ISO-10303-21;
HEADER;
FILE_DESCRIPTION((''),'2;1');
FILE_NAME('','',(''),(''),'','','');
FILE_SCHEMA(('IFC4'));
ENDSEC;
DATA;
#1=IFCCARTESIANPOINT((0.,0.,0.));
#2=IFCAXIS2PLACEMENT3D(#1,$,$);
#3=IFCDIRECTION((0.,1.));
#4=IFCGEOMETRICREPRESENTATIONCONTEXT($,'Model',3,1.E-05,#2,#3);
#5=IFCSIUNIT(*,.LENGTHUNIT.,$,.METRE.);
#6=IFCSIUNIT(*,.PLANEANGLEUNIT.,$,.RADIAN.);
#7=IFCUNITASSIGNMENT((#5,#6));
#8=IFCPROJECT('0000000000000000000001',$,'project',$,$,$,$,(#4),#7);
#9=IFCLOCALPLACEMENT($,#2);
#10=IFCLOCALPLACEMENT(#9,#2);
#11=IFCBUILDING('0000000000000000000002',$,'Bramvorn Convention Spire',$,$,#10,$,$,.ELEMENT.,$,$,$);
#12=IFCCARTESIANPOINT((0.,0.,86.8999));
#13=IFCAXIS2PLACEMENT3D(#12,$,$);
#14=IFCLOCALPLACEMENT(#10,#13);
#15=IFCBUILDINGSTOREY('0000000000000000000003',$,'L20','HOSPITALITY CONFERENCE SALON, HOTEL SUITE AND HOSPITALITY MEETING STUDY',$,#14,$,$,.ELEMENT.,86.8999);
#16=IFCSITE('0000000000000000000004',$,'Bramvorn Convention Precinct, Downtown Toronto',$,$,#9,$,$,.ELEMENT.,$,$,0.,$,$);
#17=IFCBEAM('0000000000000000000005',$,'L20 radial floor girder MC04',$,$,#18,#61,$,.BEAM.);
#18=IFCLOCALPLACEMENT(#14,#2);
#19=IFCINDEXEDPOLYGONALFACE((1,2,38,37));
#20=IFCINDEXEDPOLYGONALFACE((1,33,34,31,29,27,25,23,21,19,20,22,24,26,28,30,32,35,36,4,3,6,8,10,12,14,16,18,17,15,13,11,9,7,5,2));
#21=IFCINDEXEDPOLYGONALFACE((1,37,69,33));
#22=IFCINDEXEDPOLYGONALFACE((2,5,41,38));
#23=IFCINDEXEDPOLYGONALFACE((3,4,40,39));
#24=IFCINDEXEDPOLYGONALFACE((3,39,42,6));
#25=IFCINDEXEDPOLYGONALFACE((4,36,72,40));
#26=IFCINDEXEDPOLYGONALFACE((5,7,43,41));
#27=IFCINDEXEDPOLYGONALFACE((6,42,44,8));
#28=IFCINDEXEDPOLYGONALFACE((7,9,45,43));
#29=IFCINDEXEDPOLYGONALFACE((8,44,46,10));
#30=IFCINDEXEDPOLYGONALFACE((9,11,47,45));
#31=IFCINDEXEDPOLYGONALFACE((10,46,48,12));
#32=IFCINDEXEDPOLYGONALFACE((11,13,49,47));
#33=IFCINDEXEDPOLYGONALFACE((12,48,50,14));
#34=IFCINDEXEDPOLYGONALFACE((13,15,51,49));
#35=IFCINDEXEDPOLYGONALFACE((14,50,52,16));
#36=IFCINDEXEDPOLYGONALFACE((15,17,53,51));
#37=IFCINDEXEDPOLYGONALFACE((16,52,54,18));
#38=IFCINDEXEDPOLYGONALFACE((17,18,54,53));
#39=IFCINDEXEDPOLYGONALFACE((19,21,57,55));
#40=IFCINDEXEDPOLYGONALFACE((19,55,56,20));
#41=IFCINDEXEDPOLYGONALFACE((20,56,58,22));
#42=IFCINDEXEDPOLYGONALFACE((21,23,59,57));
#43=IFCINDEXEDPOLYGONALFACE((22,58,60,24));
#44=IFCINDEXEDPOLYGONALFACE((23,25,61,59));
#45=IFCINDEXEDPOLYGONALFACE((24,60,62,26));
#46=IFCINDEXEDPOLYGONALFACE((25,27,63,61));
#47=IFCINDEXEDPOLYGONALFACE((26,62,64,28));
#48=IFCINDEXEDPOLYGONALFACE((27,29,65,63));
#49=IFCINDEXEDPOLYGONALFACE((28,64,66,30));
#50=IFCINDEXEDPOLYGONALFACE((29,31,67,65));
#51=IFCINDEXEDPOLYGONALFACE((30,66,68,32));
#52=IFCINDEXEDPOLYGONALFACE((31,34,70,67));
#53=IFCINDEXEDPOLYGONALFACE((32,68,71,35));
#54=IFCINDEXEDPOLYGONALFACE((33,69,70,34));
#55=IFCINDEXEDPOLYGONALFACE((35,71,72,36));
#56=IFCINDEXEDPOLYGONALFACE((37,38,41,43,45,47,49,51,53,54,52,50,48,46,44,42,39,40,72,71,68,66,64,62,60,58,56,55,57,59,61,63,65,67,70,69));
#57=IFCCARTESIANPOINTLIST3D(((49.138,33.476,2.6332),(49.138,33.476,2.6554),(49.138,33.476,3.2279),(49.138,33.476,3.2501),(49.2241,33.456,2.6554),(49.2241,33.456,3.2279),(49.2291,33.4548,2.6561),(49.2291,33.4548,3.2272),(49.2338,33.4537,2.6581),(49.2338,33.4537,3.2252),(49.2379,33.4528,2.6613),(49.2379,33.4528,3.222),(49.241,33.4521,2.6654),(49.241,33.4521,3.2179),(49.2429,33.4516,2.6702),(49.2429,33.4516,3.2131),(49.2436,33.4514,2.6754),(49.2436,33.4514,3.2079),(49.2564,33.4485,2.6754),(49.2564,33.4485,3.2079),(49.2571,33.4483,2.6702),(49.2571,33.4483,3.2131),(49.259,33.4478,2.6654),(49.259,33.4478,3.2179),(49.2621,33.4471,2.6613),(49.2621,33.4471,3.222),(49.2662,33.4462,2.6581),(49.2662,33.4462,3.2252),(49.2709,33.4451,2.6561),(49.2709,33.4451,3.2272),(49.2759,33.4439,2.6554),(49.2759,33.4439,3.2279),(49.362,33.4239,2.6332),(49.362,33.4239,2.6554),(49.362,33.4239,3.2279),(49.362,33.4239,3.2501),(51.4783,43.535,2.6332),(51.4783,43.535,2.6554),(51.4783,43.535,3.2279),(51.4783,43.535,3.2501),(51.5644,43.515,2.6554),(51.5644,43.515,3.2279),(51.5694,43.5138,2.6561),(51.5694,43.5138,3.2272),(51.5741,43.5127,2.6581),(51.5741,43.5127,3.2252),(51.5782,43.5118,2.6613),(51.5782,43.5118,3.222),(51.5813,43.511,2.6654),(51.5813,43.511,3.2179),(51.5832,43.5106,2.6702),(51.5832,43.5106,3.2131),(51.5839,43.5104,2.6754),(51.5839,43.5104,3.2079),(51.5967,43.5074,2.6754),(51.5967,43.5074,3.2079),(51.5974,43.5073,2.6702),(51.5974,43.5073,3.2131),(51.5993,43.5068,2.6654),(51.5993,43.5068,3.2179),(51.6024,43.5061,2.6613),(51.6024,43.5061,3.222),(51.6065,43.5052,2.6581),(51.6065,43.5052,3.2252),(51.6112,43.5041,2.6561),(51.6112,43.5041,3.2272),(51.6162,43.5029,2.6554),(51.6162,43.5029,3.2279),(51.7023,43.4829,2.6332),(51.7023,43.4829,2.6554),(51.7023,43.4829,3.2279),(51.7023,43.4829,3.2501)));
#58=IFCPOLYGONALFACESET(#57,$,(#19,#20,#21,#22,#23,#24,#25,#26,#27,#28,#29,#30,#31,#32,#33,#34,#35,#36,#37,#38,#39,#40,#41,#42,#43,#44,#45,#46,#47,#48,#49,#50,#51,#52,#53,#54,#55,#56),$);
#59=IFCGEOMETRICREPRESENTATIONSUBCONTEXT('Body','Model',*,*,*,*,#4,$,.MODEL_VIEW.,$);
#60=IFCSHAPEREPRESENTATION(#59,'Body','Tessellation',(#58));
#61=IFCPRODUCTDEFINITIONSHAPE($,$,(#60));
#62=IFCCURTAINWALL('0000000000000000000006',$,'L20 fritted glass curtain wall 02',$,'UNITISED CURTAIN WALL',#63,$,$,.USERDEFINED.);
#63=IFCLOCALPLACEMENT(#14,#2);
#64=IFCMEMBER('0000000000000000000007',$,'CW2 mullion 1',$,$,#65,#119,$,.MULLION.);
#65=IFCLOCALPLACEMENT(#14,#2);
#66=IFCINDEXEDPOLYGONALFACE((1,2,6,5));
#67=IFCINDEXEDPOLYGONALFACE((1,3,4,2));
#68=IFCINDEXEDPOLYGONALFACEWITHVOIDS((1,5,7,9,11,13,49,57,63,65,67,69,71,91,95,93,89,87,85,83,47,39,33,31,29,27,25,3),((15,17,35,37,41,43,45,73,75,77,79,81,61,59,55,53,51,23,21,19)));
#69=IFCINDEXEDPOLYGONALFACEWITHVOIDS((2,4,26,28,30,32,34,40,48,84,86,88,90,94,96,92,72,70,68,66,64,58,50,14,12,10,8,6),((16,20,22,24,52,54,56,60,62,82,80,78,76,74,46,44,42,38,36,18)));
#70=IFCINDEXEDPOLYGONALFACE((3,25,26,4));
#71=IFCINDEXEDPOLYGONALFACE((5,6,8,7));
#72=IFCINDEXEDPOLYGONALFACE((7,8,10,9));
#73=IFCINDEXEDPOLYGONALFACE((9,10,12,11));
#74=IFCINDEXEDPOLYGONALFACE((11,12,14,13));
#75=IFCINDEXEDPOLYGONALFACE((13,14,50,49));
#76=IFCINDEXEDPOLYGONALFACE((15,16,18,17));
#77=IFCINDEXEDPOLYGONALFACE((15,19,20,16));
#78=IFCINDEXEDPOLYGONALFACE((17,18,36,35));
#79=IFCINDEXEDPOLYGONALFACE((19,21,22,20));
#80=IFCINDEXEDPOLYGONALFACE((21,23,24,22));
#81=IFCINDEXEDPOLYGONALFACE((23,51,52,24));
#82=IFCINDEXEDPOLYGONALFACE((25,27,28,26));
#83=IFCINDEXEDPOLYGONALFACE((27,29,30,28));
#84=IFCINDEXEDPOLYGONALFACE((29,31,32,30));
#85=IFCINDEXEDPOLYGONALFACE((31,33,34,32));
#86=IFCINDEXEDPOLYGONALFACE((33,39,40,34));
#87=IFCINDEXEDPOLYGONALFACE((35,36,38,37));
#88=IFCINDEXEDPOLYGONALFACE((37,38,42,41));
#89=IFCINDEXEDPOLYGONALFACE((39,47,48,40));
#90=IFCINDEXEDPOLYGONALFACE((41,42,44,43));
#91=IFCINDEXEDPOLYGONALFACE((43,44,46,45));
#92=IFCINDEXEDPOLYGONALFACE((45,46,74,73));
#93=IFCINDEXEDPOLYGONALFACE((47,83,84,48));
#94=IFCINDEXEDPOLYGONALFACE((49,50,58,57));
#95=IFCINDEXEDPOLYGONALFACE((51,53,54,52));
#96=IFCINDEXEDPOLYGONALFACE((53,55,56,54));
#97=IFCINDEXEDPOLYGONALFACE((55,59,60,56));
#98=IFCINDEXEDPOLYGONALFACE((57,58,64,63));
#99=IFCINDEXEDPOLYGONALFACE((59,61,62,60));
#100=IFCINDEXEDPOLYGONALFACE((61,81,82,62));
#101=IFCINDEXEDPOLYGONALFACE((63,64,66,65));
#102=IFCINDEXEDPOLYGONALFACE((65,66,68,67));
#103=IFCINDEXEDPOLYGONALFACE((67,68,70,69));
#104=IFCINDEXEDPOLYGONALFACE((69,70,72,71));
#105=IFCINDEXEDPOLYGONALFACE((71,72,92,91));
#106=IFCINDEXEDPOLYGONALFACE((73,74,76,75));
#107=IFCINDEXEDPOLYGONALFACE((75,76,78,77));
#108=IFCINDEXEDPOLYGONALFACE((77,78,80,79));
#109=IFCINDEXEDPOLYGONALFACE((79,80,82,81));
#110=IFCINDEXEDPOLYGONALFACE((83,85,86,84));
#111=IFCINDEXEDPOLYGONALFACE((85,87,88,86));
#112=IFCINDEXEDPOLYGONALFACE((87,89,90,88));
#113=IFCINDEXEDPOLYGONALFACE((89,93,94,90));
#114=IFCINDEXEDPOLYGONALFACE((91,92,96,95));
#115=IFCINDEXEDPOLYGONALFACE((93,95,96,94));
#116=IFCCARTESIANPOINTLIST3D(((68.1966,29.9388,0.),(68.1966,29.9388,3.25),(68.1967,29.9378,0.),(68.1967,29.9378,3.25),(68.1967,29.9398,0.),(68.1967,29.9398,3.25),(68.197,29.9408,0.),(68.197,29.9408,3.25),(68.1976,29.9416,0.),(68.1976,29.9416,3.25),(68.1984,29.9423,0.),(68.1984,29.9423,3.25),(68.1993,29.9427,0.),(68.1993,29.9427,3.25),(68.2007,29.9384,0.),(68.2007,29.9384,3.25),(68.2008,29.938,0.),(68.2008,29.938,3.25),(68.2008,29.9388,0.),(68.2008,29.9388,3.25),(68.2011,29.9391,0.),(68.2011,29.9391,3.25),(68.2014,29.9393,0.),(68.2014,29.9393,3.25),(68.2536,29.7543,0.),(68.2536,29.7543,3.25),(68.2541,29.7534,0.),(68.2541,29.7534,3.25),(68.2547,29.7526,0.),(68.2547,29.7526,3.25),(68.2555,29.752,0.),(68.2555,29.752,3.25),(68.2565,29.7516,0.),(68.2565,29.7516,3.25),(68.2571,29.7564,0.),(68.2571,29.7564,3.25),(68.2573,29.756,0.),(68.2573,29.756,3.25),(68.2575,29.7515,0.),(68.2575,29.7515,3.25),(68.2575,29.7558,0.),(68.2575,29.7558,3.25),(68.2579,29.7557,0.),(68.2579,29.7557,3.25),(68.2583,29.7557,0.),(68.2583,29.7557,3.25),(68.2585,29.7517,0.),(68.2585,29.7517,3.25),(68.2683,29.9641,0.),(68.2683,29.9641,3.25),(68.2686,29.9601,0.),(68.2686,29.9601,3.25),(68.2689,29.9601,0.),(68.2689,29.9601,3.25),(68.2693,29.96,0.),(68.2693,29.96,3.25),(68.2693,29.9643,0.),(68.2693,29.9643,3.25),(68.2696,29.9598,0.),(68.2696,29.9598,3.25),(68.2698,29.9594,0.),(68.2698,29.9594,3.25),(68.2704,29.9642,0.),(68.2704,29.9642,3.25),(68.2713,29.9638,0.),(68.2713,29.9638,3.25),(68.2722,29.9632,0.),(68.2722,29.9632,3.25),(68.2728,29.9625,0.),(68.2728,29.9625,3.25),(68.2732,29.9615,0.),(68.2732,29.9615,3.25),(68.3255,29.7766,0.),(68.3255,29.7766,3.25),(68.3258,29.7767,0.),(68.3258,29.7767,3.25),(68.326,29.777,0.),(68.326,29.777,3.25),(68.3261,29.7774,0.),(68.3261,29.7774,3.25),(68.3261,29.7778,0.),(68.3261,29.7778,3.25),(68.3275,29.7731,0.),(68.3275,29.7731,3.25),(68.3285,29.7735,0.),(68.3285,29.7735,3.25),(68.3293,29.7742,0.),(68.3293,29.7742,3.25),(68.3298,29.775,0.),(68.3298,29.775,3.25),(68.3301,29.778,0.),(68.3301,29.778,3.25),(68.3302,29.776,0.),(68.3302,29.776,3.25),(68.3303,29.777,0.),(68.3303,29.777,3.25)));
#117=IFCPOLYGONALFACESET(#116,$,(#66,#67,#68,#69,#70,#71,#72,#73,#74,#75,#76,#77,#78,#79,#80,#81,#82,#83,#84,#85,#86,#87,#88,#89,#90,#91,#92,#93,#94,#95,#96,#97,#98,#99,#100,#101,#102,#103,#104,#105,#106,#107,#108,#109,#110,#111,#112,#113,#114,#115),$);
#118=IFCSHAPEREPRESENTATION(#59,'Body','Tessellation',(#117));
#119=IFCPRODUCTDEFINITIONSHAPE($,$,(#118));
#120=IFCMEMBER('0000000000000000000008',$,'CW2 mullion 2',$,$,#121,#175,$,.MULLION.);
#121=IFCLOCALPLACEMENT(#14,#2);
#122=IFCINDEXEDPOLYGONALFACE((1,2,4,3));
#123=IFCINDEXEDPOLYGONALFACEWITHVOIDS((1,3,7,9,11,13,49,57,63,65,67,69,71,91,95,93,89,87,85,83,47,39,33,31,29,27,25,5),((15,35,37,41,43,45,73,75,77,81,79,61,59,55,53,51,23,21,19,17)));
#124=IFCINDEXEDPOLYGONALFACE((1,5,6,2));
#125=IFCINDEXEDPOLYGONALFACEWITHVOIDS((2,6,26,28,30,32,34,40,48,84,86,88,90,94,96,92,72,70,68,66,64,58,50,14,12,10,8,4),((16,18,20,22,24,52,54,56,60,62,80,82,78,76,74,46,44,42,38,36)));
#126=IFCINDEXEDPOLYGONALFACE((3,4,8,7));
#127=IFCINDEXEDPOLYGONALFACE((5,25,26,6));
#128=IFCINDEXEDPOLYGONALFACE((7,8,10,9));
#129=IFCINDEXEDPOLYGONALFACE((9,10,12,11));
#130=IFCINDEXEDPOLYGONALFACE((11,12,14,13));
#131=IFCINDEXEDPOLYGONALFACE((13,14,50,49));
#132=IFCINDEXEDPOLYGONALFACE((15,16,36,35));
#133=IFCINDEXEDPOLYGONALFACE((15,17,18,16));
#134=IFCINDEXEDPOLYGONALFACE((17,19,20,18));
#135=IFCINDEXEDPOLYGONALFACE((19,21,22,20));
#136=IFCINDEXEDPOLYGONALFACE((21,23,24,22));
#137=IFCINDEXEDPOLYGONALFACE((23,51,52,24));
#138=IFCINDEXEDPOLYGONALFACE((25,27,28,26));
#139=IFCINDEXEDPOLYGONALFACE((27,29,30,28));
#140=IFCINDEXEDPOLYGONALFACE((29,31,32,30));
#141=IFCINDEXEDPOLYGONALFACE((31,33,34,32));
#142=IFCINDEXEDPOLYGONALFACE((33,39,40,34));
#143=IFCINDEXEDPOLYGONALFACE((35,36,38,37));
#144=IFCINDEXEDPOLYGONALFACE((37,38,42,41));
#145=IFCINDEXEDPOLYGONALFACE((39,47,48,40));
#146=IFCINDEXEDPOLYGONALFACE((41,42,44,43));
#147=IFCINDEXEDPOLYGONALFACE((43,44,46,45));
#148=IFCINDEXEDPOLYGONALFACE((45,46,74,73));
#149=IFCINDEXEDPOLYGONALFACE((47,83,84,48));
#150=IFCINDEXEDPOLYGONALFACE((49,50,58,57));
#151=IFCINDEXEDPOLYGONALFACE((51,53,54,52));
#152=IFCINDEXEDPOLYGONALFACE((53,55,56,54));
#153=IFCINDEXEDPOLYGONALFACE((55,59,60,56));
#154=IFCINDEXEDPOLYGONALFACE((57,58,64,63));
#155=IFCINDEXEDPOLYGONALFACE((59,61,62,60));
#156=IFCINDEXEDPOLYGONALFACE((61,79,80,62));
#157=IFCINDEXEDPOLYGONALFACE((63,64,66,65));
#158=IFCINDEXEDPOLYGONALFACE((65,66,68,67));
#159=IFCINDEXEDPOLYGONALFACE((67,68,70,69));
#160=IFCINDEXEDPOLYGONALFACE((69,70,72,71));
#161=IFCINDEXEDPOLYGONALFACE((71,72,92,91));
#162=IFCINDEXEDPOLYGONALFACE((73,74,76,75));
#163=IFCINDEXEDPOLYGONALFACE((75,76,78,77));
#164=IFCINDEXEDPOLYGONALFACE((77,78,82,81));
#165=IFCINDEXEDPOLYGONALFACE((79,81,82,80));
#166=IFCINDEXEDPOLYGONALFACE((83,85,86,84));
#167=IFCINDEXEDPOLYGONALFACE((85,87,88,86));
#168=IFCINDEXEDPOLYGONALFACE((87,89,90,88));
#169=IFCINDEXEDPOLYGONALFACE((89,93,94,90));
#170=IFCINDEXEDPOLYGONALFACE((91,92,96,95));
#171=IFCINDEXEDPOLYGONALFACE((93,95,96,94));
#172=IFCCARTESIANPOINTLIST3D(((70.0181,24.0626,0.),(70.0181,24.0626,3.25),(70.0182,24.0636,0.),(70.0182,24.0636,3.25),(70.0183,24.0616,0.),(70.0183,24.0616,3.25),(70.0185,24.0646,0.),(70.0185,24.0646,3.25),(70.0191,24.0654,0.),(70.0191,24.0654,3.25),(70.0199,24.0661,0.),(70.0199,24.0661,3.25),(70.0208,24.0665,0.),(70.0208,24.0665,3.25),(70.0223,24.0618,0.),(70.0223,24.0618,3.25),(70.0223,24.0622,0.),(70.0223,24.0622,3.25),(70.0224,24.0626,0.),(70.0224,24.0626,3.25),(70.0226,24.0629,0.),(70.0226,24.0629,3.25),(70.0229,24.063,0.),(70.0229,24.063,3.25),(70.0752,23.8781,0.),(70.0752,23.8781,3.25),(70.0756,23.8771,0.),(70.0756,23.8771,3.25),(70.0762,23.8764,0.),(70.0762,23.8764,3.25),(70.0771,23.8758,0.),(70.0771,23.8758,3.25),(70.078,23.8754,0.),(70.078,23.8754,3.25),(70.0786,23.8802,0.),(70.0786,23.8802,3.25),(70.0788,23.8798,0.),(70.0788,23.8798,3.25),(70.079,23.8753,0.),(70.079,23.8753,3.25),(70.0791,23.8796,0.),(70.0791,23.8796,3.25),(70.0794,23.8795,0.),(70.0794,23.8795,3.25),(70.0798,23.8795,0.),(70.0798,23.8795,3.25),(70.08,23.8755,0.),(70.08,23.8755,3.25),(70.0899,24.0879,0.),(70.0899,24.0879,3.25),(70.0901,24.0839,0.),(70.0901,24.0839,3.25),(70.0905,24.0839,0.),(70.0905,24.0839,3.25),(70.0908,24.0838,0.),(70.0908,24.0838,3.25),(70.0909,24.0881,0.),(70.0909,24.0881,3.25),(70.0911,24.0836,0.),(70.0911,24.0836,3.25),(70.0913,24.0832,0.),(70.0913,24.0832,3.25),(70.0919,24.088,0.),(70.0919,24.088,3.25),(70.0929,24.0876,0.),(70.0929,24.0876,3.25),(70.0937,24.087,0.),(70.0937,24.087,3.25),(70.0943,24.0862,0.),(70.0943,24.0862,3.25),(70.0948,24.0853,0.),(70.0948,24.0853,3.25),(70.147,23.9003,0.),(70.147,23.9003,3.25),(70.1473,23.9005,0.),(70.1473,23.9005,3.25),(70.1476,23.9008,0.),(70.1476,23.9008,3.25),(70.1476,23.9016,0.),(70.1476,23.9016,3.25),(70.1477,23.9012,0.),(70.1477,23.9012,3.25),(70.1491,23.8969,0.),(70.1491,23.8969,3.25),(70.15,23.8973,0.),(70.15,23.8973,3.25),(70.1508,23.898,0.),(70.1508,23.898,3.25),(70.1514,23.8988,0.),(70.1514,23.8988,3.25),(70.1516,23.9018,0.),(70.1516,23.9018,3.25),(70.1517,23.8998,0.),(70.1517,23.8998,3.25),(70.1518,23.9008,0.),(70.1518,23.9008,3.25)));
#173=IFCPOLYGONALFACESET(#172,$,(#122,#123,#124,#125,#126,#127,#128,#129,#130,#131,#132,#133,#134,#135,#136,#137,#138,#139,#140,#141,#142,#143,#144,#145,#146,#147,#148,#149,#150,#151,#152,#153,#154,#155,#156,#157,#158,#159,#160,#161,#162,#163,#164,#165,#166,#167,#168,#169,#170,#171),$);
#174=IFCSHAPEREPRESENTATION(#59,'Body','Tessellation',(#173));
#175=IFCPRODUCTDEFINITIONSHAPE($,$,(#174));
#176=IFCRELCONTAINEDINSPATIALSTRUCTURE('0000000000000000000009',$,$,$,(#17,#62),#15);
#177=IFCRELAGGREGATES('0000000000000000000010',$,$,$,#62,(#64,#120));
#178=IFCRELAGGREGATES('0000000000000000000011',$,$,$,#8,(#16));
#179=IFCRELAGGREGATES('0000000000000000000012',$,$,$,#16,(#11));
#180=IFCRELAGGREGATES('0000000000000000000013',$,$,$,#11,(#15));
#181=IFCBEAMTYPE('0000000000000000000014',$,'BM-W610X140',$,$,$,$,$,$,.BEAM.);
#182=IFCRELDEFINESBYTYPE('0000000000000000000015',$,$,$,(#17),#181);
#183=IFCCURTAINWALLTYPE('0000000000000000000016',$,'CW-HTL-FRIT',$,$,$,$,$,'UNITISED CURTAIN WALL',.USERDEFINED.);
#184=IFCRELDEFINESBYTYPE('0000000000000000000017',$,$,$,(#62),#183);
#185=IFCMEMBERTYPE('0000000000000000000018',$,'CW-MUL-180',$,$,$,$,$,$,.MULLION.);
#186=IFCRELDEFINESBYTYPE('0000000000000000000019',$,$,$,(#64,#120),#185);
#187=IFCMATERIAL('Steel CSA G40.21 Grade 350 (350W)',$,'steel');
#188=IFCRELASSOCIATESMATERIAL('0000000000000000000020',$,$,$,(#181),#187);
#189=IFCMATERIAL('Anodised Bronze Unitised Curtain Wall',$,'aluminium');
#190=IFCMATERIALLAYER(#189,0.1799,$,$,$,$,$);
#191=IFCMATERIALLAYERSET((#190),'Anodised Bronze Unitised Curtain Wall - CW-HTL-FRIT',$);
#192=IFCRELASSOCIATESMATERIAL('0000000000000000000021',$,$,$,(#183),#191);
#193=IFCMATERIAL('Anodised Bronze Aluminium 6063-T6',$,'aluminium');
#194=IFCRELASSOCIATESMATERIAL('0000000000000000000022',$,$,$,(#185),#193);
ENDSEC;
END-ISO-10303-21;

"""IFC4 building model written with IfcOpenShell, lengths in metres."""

from ifc_helpers import new_model, si_unit, direction, frame, origin, origin_2d, place, context, subcontext, project, spatial, hollow_rectangle, i_section, extrude, material, layer, layer_set, material_profile, profile_set, type_object, element, aggregate, save


model = new_model("IFC4")

# Units and contexts
model_context = context("Model", 3, precision=1e-05, world=origin(), true_north=direction((0.0, 1.0)))
body_context = subcontext(model_context, "Body", "Model", "MODEL_VIEW")
ifc_project = project(units=[si_unit("LENGTHUNIT", "METRE"), si_unit("PLANEANGLEUNIT", "RADIAN")], contexts=[model_context])

# Site, building, storey
site_placement = place(None, origin())
site = spatial("IfcSite", under=ifc_project, at=site_placement, Name="Bramvorn Convention Precinct, Downtown Toronto", CompositionType="ELEMENT", RefElevation=0.0)
building_placement = place(site_placement, origin())
building = spatial("IfcBuilding", under=site, at=building_placement, Name="Bramvorn Convention Spire", CompositionType="ELEMENT")
storey_placement = place(building_placement, frame((0.0, 0.0, 86.8999)))
storey = spatial("IfcBuildingStorey", under=building, at=storey_placement, Name="L20", Description="HOSPITALITY CONFERENCE SALON, HOTEL SUITE AND HOSPITALITY MEETING STUDY", CompositionType="ELEMENT", Elevation=86.8999)

# Shared definitions
ifc_material_1 = material(Name="Steel CSA G40.21 Grade 350 (350W)", Category="steel")

# Beam
ifc_material_profile_1 = material_profile(ifc_material_1, i_section(OverallWidth=0.23, OverallDepth=0.6169, WebThickness=0.0132, FlangeThickness=0.0222, FilletRadius=0.02, at=origin_2d()))
ifc_profile_set_1 = profile_set([ifc_material_profile_1], Name="Steel CSA G40.21 Grade 350 (350W) - W610X140")
beam_type_1 = type_object("IfcBeamType", Name="BM-W610X140", PredefinedType="BEAM", material=ifc_profile_set_1)
beam_1_placement = place(storey_placement, frame((49.25, 33.45, 2.9417), z_axis=(0.226606, 0.973986, 0.0), x_axis=(-0.973986, 0.226606, 0.0)))
element("IfcBeam", 1, at=beam_1_placement, inside=storey, type_object=beam_type_1, Name="L20 radial floor girder MC04", PredefinedType="BEAM", context=body_context, shape_type="SweptSolid", body=[
    extrude(i_section(OverallWidth=0.23, OverallDepth=0.6169, WebThickness=0.0132, FlangeThickness=0.0222, FilletRadius=0.02, at=origin_2d()), origin(), (0.0, 0.0, 1.0), 10.3276),
])

# Curtain wall, members
ifc_material_2 = material(Name="Anodised Bronze Unitised Curtain Wall", Category="aluminium")
ifc_layer_1 = layer(ifc_material_2, 0.1799)
ifc_layer_set_1 = layer_set([ifc_layer_1], Name="Anodised Bronze Unitised Curtain Wall - CW-HTL-FRIT")
curtain_wall_type = type_object("IfcCurtainWallType", Name="CW-HTL-FRIT", ElementType="UNITISED CURTAIN WALL", PredefinedType="USERDEFINED", material=ifc_layer_set_1)
curtain_wall_1_placement = place(storey_placement, origin())
curtain_wall_1 = element("IfcCurtainWall", 2, at=curtain_wall_1_placement, inside=storey, type_object=curtain_wall_type, Name="L20 fritted glass curtain wall 02", ObjectType="UNITISED CURTAIN WALL", PredefinedType="USERDEFINED")
ifc_material_3 = material(Name="Anodised Bronze Aluminium 6063-T6", Category="aluminium")
ifc_material_profile_2 = material_profile(ifc_material_3, hollow_rectangle(XDim=0.0801, YDim=0.2, WallThickness=0.0039, InnerFilletRadius=0.001, OuterFilletRadius=0.0039, at=origin_2d()))
ifc_profile_set_2 = profile_set([ifc_material_profile_2], Name="Anodised Bronze Aluminium 6063-T6 - CWM80X200")
member_type_1 = type_object("IfcMemberType", Name="CW-MUL-180", PredefinedType="MULLION", material=ifc_profile_set_2)
member_1_placement = place(storey_placement, frame((68.2634, 29.8579, 0.0), z_axis=(0.0, 0.0, 1.0), x_axis=(0.955167, 0.296067, 0.0)))
member_1 = element("IfcMember", 3, at=member_1_placement, type_object=member_type_1, Name="CW2 mullion 1", PredefinedType="MULLION", context=body_context, shape_type="SweptSolid", body=[
    extrude(hollow_rectangle(XDim=0.0801, YDim=0.2, WallThickness=0.0039, InnerFilletRadius=0.001, OuterFilletRadius=0.0039, at=origin_2d()), origin(), (0.0, 0.0, 1.0), 3.25),
])
member_2_placement = place(storey_placement, frame((70.085, 23.9817, 0.0), z_axis=(0.0, 0.0, 1.0), x_axis=(0.955167, 0.296067, 0.0)))
member_2 = element("IfcMember", 4, at=member_2_placement, type_object=member_type_1, Name="CW2 mullion 2", PredefinedType="MULLION", context=body_context, shape_type="SweptSolid", body=[
    extrude(hollow_rectangle(XDim=0.0801, YDim=0.2, WallThickness=0.0039, InnerFilletRadius=0.001, OuterFilletRadius=0.0039, at=origin_2d()), origin(), (0.0, 0.0, 1.0), 3.25),
])

aggregate(curtain_wall_1, [member_1, member_2])

save(model, "model.ifc")
